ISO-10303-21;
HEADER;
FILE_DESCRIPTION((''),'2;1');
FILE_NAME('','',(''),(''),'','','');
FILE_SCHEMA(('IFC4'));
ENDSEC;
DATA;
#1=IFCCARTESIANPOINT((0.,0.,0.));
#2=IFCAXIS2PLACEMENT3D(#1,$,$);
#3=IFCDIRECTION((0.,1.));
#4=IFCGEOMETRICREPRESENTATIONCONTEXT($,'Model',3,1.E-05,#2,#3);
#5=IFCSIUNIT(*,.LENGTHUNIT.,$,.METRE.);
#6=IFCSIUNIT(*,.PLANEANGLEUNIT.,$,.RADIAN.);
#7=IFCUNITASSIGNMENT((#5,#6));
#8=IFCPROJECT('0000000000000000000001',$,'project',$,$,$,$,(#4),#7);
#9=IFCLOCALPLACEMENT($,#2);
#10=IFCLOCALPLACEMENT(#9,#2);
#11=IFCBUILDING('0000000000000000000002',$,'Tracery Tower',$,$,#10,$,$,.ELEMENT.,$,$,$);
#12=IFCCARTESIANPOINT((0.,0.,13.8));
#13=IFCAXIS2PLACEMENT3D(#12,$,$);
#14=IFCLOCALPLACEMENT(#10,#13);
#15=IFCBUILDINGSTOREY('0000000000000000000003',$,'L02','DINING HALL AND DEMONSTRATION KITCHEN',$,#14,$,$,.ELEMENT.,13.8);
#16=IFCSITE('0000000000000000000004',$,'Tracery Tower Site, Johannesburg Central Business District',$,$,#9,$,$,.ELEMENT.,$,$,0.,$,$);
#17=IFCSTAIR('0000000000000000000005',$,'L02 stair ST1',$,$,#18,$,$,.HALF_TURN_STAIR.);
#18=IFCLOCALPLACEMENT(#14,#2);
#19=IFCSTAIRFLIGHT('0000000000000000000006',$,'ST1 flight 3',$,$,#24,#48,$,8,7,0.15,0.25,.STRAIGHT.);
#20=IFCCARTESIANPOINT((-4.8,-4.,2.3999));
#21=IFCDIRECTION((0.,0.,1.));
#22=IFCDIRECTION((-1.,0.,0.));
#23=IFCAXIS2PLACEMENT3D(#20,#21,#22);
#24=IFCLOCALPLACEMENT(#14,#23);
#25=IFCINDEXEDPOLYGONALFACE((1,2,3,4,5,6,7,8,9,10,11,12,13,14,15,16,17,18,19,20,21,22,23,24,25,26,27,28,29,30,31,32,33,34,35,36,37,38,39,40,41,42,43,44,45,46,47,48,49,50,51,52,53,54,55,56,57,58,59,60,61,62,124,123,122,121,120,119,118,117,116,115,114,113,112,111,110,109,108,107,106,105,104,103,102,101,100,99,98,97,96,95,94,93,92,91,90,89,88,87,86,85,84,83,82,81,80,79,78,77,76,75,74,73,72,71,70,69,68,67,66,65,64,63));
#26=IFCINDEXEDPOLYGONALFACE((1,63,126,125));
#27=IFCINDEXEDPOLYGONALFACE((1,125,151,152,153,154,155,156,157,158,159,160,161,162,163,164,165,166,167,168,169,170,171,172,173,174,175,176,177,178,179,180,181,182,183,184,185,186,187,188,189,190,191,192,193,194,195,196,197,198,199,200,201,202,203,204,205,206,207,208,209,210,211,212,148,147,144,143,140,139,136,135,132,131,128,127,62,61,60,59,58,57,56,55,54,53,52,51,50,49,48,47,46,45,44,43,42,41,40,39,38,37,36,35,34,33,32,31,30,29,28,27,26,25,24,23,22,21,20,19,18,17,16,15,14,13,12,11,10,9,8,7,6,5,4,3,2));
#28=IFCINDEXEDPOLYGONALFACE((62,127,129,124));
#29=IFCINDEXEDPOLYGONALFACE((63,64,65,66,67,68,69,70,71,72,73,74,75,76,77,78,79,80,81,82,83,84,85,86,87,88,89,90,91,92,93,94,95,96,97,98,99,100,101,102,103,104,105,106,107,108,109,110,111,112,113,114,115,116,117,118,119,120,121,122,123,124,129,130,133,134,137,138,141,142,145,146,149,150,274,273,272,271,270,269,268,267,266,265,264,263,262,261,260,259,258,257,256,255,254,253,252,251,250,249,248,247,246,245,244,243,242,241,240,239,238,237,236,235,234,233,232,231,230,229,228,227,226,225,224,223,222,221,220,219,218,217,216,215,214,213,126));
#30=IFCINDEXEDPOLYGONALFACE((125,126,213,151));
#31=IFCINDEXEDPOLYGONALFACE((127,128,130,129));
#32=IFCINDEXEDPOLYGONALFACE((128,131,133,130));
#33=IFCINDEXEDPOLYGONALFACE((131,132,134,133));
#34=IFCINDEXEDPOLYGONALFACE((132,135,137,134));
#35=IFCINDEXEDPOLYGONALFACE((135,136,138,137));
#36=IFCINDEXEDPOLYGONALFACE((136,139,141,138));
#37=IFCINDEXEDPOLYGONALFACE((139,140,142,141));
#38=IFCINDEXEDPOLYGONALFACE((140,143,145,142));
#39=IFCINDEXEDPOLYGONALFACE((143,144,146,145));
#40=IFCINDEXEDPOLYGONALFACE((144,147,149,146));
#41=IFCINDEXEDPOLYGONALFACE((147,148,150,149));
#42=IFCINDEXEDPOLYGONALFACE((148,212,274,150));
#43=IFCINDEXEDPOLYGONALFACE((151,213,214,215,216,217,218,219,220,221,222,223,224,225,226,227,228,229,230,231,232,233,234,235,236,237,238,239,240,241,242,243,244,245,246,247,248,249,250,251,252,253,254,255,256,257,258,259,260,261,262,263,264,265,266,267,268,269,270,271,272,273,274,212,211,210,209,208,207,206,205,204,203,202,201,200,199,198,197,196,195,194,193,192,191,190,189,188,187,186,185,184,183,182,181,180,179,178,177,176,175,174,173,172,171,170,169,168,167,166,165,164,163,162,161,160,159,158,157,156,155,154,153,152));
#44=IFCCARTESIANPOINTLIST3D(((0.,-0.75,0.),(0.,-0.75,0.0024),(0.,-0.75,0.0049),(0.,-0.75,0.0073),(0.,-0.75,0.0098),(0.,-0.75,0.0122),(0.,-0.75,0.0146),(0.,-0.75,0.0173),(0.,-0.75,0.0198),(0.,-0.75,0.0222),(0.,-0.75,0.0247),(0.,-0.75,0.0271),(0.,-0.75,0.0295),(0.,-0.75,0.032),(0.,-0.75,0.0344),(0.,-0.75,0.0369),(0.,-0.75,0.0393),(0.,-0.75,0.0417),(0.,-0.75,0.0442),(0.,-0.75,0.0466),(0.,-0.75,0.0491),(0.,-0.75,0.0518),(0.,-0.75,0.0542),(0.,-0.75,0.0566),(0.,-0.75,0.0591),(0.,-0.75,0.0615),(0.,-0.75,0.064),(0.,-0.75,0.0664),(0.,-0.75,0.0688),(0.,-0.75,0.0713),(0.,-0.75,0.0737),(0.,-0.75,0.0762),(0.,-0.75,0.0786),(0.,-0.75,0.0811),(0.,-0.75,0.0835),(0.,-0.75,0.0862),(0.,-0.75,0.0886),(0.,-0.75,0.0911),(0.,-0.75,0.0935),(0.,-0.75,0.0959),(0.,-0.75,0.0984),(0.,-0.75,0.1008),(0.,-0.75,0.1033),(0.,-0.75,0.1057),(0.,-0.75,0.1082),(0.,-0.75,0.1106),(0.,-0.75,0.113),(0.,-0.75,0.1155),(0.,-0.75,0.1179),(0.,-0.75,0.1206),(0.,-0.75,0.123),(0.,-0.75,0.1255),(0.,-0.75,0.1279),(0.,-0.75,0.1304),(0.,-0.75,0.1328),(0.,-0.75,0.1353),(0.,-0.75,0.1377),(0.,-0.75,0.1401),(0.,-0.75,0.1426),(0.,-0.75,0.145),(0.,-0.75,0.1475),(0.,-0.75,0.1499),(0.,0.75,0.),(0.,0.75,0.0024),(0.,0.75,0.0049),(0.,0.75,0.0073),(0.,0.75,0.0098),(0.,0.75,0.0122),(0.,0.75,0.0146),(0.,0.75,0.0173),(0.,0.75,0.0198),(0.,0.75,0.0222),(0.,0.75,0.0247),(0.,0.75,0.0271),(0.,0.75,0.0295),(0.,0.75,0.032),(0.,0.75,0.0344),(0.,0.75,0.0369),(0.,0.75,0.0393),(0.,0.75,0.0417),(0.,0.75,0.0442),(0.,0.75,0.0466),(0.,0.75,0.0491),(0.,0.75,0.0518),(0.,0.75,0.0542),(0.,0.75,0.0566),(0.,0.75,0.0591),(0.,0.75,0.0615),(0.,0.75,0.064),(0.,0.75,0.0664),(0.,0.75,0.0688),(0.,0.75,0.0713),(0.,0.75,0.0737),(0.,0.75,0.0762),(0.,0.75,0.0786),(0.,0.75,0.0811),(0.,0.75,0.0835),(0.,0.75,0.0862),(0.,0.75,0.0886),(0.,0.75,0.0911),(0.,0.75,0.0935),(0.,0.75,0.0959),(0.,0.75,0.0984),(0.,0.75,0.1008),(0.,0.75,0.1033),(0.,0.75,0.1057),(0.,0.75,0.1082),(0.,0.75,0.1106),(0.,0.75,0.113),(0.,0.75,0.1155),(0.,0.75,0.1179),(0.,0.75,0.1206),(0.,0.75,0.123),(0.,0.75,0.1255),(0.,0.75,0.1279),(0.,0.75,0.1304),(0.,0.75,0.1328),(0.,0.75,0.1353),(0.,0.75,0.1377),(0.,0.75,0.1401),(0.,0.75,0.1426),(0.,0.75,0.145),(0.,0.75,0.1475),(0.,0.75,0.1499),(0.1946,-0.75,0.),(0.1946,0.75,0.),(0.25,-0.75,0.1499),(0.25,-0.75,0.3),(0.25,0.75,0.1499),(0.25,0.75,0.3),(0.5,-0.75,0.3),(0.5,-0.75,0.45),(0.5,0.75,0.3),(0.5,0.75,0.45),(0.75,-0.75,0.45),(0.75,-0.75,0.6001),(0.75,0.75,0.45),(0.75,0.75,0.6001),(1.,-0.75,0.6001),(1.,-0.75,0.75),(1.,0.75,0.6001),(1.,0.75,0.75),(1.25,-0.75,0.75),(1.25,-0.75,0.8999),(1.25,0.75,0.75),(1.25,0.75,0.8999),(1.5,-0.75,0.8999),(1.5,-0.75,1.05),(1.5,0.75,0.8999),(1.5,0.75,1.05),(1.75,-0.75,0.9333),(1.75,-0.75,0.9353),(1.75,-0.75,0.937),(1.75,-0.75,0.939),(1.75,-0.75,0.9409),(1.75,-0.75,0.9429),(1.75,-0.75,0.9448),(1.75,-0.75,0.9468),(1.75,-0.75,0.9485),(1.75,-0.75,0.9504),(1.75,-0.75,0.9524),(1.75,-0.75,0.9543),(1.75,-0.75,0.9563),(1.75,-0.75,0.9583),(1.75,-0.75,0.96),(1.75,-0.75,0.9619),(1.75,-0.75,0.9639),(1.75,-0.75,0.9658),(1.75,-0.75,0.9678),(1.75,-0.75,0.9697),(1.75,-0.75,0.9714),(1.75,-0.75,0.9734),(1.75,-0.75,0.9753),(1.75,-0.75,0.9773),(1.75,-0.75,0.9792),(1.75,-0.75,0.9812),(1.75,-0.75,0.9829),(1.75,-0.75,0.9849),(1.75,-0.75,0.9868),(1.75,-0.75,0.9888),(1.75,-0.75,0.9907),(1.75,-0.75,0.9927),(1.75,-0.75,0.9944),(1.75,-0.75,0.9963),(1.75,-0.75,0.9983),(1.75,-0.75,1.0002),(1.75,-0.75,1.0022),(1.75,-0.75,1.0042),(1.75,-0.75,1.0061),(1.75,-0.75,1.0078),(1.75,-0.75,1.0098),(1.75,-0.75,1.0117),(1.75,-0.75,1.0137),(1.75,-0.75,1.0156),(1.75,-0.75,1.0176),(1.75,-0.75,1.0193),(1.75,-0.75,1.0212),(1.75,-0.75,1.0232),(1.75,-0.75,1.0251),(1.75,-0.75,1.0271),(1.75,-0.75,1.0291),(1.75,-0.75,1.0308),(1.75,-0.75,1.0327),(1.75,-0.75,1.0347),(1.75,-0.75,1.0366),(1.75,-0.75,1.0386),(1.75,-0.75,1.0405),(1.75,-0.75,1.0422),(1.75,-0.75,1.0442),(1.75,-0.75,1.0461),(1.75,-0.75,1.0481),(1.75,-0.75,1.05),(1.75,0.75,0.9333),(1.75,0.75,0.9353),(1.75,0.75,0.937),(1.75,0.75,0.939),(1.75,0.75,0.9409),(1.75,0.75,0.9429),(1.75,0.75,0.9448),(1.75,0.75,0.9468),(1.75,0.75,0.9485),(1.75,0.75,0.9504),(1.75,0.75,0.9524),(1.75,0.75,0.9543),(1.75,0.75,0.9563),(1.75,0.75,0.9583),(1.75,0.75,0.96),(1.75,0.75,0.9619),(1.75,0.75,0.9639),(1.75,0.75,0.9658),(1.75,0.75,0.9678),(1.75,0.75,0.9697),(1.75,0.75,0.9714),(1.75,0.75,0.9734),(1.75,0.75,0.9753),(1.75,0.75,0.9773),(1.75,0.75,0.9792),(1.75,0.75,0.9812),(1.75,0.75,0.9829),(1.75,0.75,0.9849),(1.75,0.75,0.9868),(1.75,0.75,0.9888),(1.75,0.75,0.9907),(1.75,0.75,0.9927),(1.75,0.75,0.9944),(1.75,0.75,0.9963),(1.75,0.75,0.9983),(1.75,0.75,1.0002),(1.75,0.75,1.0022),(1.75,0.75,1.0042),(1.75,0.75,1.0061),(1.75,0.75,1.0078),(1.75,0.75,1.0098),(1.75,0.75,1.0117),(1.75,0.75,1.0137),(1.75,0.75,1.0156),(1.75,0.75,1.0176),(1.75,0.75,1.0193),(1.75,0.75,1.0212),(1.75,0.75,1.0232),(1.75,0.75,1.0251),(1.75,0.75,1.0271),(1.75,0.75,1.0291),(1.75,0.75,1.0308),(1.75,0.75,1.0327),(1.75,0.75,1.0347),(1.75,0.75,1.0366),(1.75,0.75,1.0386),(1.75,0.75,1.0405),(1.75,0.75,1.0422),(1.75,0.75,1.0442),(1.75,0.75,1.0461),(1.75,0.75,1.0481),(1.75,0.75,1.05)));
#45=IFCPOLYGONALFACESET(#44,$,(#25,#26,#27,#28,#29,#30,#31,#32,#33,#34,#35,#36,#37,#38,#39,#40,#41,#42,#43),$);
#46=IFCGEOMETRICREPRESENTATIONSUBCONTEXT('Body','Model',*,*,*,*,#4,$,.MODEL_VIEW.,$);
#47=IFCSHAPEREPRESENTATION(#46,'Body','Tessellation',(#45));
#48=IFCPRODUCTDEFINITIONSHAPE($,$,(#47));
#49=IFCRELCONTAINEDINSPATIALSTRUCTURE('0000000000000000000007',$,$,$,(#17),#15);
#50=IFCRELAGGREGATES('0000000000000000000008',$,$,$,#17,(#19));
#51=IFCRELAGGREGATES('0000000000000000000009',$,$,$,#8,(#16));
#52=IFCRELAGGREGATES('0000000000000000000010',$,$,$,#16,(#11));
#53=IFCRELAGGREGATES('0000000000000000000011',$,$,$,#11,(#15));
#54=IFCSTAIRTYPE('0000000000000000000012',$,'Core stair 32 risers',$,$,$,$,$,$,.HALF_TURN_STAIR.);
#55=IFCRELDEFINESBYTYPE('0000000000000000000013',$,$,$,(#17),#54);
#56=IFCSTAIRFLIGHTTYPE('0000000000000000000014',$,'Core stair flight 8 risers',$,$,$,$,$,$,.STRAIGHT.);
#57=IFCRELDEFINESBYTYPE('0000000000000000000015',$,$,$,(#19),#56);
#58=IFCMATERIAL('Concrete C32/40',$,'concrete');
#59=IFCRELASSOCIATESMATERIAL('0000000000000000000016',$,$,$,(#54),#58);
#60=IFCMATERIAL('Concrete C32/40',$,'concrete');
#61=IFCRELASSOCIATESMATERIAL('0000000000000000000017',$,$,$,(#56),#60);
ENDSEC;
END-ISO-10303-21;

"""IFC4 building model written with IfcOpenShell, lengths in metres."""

from ifc_helpers import new_model, si_unit, direction, frame, origin, place, context, subcontext, project, spatial, polyline, outline, extrude, material, type_object, element, aggregate, save


model = new_model("IFC4")

# Units and contexts
model_context = context("Model", 3, precision=1e-05, world=origin(), true_north=direction((0.0, 1.0)))
body_context = subcontext(model_context, "Body", "Model", "MODEL_VIEW")
ifc_project = project(units=[si_unit("LENGTHUNIT", "METRE"), si_unit("PLANEANGLEUNIT", "RADIAN")], contexts=[model_context])

# Site, building, storey
site_placement = place(None, origin())
site = spatial("IfcSite", under=ifc_project, at=site_placement, Name="Tracery Tower Site, Johannesburg Central Business District", CompositionType="ELEMENT", RefElevation=0.0)
building_placement = place(site_placement, origin())
building = spatial("IfcBuilding", under=site, at=building_placement, Name="Tracery Tower", CompositionType="ELEMENT")
storey_placement = place(building_placement, frame((0.0, 0.0, 13.8)))
storey = spatial("IfcBuildingStorey", under=building, at=storey_placement, Name="L02", Description="DINING HALL AND DEMONSTRATION KITCHEN", CompositionType="ELEMENT", Elevation=13.8)

# Stair, stair flight
ifc_material_1 = material(Name="Concrete C32/40", Category="concrete")
stair_type = type_object("IfcStairType", Name="Core stair 32 risers", PredefinedType="HALF_TURN_STAIR", material=ifc_material_1)
stair_placement = place(storey_placement, origin())
stair = element("IfcStair", 1, at=stair_placement, inside=storey, type_object=stair_type, Name="L02 stair ST1", PredefinedType="HALF_TURN_STAIR")
ifc_material_2 = material(Name="Concrete C32/40", Category="concrete")
stair_flight_type = type_object("IfcStairFlightType", Name="Core stair flight 8 risers", PredefinedType="STRAIGHT", material=ifc_material_2)
stair_flight_1_placement = place(storey_placement, frame((-4.8, -4.0, 2.3999), z_axis=(0.0, 0.0, 1.0), x_axis=(-1.0, 0.0, 0.0)))
stair_flight_1 = element("IfcStairFlight", 2, at=stair_flight_1_placement, type_object=stair_flight_type, Name="ST1 flight 3", NumberOfRisers=8, NumberOfTreads=7, PredefinedType="STRAIGHT", RiserHeight=0.15, TreadLength=0.25, context=body_context, shape_type="SweptSolid", body=[
    extrude(outline(polyline([(0.0, 0.0), (0.0, 0.0024), (0.0, 0.0049), (0.0, 0.0073), (0.0, 0.0098), (0.0, 0.0122), (0.0, 0.0146), (0.0, 0.0173), (0.0, 0.0198), (0.0, 0.0222), (0.0, 0.0247), (0.0, 0.0271), (0.0, 0.0295), (0.0, 0.032), (0.0, 0.0344), (0.0, 0.0369), (0.0, 0.0393), (0.0, 0.0417), (0.0, 0.0442), (0.0, 0.0466), (0.0, 0.0491), (0.0, 0.0518), (0.0, 0.0542), (0.0, 0.0566), (0.0, 0.0591), (0.0, 0.0615), (0.0, 0.064), (0.0, 0.0664), (0.0, 0.0688), (0.0, 0.0713), (0.0, 0.0737), (0.0, 0.0762), (0.0, 0.0786), (0.0, 0.0811), (0.0, 0.0835), (0.0, 0.0862), (0.0, 0.0886), (0.0, 0.0911), (0.0, 0.0935), (0.0, 0.0959), (0.0, 0.0984), (0.0, 0.1008), (0.0, 0.1033), (0.0, 0.1057), (0.0, 0.1082), (0.0, 0.1106), (0.0, 0.113), (0.0, 0.1155), (0.0, 0.1179), (0.0, 0.1206), (0.0, 0.123), (0.0, 0.1255), (0.0, 0.1279), (0.0, 0.1304), (0.0, 0.1328), (0.0, 0.1353), (0.0, 0.1377), (0.0, 0.1401), (0.0, 0.1426), (0.0, 0.145), (0.0, 0.1475), (0.0, 0.1499), (0.25, 0.1499), (0.25, 0.3), (0.5, 0.3), (0.5, 0.45), (0.75, 0.45), (0.75, 0.6001), (1.0, 0.6001), (1.0, 0.75), (1.25, 0.75), (1.25, 0.8999), (1.5, 0.8999), (1.5, 1.05), (1.75, 1.05), (1.75, 1.0481), (1.75, 1.0461), (1.75, 1.0442), (1.75, 1.0422), (1.75, 1.0405), (1.75, 1.0386), (1.75, 1.0366), (1.75, 1.0347), (1.75, 1.0327), (1.75, 1.0308), (1.75, 1.0291), (1.75, 1.0271), (1.75, 1.0251), (1.75, 1.0232), (1.75, 1.0212), (1.75, 1.0193), (1.75, 1.0176), (1.75, 1.0156), (1.75, 1.0137), (1.75, 1.0117), (1.75, 1.0098), (1.75, 1.0078), (1.75, 1.0061), (1.75, 1.0042), (1.75, 1.0022), (1.75, 1.0002), (1.75, 0.9983), (1.75, 0.9963), (1.75, 0.9944), (1.75, 0.9927), (1.75, 0.9907), (1.75, 0.9888), (1.75, 0.9868), (1.75, 0.9849), (1.75, 0.9829), (1.75, 0.9812), (1.75, 0.9792), (1.75, 0.9773), (1.75, 0.9753), (1.75, 0.9734), (1.75, 0.9714), (1.75, 0.9697), (1.75, 0.9678), (1.75, 0.9658), (1.75, 0.9639), (1.75, 0.9619), (1.75, 0.96), (1.75, 0.9583), (1.75, 0.9563), (1.75, 0.9543), (1.75, 0.9524), (1.75, 0.9504), (1.75, 0.9485), (1.75, 0.9468), (1.75, 0.9448), (1.75, 0.9429), (1.75, 0.9409), (1.75, 0.939), (1.75, 0.937), (1.75, 0.9353), (1.75, 0.9333), (0.1946, 0.0), (0.0, 0.0)])), frame((0.0, 0.75, 0.0), z_axis=(0.0, -1.0, 0.0), x_axis=(1.0, 0.0, 0.0)), (0.0, 0.0, 1.0), 1.5),
])
aggregate(stair, [stair_flight_1])

save(model, "model.ifc")
